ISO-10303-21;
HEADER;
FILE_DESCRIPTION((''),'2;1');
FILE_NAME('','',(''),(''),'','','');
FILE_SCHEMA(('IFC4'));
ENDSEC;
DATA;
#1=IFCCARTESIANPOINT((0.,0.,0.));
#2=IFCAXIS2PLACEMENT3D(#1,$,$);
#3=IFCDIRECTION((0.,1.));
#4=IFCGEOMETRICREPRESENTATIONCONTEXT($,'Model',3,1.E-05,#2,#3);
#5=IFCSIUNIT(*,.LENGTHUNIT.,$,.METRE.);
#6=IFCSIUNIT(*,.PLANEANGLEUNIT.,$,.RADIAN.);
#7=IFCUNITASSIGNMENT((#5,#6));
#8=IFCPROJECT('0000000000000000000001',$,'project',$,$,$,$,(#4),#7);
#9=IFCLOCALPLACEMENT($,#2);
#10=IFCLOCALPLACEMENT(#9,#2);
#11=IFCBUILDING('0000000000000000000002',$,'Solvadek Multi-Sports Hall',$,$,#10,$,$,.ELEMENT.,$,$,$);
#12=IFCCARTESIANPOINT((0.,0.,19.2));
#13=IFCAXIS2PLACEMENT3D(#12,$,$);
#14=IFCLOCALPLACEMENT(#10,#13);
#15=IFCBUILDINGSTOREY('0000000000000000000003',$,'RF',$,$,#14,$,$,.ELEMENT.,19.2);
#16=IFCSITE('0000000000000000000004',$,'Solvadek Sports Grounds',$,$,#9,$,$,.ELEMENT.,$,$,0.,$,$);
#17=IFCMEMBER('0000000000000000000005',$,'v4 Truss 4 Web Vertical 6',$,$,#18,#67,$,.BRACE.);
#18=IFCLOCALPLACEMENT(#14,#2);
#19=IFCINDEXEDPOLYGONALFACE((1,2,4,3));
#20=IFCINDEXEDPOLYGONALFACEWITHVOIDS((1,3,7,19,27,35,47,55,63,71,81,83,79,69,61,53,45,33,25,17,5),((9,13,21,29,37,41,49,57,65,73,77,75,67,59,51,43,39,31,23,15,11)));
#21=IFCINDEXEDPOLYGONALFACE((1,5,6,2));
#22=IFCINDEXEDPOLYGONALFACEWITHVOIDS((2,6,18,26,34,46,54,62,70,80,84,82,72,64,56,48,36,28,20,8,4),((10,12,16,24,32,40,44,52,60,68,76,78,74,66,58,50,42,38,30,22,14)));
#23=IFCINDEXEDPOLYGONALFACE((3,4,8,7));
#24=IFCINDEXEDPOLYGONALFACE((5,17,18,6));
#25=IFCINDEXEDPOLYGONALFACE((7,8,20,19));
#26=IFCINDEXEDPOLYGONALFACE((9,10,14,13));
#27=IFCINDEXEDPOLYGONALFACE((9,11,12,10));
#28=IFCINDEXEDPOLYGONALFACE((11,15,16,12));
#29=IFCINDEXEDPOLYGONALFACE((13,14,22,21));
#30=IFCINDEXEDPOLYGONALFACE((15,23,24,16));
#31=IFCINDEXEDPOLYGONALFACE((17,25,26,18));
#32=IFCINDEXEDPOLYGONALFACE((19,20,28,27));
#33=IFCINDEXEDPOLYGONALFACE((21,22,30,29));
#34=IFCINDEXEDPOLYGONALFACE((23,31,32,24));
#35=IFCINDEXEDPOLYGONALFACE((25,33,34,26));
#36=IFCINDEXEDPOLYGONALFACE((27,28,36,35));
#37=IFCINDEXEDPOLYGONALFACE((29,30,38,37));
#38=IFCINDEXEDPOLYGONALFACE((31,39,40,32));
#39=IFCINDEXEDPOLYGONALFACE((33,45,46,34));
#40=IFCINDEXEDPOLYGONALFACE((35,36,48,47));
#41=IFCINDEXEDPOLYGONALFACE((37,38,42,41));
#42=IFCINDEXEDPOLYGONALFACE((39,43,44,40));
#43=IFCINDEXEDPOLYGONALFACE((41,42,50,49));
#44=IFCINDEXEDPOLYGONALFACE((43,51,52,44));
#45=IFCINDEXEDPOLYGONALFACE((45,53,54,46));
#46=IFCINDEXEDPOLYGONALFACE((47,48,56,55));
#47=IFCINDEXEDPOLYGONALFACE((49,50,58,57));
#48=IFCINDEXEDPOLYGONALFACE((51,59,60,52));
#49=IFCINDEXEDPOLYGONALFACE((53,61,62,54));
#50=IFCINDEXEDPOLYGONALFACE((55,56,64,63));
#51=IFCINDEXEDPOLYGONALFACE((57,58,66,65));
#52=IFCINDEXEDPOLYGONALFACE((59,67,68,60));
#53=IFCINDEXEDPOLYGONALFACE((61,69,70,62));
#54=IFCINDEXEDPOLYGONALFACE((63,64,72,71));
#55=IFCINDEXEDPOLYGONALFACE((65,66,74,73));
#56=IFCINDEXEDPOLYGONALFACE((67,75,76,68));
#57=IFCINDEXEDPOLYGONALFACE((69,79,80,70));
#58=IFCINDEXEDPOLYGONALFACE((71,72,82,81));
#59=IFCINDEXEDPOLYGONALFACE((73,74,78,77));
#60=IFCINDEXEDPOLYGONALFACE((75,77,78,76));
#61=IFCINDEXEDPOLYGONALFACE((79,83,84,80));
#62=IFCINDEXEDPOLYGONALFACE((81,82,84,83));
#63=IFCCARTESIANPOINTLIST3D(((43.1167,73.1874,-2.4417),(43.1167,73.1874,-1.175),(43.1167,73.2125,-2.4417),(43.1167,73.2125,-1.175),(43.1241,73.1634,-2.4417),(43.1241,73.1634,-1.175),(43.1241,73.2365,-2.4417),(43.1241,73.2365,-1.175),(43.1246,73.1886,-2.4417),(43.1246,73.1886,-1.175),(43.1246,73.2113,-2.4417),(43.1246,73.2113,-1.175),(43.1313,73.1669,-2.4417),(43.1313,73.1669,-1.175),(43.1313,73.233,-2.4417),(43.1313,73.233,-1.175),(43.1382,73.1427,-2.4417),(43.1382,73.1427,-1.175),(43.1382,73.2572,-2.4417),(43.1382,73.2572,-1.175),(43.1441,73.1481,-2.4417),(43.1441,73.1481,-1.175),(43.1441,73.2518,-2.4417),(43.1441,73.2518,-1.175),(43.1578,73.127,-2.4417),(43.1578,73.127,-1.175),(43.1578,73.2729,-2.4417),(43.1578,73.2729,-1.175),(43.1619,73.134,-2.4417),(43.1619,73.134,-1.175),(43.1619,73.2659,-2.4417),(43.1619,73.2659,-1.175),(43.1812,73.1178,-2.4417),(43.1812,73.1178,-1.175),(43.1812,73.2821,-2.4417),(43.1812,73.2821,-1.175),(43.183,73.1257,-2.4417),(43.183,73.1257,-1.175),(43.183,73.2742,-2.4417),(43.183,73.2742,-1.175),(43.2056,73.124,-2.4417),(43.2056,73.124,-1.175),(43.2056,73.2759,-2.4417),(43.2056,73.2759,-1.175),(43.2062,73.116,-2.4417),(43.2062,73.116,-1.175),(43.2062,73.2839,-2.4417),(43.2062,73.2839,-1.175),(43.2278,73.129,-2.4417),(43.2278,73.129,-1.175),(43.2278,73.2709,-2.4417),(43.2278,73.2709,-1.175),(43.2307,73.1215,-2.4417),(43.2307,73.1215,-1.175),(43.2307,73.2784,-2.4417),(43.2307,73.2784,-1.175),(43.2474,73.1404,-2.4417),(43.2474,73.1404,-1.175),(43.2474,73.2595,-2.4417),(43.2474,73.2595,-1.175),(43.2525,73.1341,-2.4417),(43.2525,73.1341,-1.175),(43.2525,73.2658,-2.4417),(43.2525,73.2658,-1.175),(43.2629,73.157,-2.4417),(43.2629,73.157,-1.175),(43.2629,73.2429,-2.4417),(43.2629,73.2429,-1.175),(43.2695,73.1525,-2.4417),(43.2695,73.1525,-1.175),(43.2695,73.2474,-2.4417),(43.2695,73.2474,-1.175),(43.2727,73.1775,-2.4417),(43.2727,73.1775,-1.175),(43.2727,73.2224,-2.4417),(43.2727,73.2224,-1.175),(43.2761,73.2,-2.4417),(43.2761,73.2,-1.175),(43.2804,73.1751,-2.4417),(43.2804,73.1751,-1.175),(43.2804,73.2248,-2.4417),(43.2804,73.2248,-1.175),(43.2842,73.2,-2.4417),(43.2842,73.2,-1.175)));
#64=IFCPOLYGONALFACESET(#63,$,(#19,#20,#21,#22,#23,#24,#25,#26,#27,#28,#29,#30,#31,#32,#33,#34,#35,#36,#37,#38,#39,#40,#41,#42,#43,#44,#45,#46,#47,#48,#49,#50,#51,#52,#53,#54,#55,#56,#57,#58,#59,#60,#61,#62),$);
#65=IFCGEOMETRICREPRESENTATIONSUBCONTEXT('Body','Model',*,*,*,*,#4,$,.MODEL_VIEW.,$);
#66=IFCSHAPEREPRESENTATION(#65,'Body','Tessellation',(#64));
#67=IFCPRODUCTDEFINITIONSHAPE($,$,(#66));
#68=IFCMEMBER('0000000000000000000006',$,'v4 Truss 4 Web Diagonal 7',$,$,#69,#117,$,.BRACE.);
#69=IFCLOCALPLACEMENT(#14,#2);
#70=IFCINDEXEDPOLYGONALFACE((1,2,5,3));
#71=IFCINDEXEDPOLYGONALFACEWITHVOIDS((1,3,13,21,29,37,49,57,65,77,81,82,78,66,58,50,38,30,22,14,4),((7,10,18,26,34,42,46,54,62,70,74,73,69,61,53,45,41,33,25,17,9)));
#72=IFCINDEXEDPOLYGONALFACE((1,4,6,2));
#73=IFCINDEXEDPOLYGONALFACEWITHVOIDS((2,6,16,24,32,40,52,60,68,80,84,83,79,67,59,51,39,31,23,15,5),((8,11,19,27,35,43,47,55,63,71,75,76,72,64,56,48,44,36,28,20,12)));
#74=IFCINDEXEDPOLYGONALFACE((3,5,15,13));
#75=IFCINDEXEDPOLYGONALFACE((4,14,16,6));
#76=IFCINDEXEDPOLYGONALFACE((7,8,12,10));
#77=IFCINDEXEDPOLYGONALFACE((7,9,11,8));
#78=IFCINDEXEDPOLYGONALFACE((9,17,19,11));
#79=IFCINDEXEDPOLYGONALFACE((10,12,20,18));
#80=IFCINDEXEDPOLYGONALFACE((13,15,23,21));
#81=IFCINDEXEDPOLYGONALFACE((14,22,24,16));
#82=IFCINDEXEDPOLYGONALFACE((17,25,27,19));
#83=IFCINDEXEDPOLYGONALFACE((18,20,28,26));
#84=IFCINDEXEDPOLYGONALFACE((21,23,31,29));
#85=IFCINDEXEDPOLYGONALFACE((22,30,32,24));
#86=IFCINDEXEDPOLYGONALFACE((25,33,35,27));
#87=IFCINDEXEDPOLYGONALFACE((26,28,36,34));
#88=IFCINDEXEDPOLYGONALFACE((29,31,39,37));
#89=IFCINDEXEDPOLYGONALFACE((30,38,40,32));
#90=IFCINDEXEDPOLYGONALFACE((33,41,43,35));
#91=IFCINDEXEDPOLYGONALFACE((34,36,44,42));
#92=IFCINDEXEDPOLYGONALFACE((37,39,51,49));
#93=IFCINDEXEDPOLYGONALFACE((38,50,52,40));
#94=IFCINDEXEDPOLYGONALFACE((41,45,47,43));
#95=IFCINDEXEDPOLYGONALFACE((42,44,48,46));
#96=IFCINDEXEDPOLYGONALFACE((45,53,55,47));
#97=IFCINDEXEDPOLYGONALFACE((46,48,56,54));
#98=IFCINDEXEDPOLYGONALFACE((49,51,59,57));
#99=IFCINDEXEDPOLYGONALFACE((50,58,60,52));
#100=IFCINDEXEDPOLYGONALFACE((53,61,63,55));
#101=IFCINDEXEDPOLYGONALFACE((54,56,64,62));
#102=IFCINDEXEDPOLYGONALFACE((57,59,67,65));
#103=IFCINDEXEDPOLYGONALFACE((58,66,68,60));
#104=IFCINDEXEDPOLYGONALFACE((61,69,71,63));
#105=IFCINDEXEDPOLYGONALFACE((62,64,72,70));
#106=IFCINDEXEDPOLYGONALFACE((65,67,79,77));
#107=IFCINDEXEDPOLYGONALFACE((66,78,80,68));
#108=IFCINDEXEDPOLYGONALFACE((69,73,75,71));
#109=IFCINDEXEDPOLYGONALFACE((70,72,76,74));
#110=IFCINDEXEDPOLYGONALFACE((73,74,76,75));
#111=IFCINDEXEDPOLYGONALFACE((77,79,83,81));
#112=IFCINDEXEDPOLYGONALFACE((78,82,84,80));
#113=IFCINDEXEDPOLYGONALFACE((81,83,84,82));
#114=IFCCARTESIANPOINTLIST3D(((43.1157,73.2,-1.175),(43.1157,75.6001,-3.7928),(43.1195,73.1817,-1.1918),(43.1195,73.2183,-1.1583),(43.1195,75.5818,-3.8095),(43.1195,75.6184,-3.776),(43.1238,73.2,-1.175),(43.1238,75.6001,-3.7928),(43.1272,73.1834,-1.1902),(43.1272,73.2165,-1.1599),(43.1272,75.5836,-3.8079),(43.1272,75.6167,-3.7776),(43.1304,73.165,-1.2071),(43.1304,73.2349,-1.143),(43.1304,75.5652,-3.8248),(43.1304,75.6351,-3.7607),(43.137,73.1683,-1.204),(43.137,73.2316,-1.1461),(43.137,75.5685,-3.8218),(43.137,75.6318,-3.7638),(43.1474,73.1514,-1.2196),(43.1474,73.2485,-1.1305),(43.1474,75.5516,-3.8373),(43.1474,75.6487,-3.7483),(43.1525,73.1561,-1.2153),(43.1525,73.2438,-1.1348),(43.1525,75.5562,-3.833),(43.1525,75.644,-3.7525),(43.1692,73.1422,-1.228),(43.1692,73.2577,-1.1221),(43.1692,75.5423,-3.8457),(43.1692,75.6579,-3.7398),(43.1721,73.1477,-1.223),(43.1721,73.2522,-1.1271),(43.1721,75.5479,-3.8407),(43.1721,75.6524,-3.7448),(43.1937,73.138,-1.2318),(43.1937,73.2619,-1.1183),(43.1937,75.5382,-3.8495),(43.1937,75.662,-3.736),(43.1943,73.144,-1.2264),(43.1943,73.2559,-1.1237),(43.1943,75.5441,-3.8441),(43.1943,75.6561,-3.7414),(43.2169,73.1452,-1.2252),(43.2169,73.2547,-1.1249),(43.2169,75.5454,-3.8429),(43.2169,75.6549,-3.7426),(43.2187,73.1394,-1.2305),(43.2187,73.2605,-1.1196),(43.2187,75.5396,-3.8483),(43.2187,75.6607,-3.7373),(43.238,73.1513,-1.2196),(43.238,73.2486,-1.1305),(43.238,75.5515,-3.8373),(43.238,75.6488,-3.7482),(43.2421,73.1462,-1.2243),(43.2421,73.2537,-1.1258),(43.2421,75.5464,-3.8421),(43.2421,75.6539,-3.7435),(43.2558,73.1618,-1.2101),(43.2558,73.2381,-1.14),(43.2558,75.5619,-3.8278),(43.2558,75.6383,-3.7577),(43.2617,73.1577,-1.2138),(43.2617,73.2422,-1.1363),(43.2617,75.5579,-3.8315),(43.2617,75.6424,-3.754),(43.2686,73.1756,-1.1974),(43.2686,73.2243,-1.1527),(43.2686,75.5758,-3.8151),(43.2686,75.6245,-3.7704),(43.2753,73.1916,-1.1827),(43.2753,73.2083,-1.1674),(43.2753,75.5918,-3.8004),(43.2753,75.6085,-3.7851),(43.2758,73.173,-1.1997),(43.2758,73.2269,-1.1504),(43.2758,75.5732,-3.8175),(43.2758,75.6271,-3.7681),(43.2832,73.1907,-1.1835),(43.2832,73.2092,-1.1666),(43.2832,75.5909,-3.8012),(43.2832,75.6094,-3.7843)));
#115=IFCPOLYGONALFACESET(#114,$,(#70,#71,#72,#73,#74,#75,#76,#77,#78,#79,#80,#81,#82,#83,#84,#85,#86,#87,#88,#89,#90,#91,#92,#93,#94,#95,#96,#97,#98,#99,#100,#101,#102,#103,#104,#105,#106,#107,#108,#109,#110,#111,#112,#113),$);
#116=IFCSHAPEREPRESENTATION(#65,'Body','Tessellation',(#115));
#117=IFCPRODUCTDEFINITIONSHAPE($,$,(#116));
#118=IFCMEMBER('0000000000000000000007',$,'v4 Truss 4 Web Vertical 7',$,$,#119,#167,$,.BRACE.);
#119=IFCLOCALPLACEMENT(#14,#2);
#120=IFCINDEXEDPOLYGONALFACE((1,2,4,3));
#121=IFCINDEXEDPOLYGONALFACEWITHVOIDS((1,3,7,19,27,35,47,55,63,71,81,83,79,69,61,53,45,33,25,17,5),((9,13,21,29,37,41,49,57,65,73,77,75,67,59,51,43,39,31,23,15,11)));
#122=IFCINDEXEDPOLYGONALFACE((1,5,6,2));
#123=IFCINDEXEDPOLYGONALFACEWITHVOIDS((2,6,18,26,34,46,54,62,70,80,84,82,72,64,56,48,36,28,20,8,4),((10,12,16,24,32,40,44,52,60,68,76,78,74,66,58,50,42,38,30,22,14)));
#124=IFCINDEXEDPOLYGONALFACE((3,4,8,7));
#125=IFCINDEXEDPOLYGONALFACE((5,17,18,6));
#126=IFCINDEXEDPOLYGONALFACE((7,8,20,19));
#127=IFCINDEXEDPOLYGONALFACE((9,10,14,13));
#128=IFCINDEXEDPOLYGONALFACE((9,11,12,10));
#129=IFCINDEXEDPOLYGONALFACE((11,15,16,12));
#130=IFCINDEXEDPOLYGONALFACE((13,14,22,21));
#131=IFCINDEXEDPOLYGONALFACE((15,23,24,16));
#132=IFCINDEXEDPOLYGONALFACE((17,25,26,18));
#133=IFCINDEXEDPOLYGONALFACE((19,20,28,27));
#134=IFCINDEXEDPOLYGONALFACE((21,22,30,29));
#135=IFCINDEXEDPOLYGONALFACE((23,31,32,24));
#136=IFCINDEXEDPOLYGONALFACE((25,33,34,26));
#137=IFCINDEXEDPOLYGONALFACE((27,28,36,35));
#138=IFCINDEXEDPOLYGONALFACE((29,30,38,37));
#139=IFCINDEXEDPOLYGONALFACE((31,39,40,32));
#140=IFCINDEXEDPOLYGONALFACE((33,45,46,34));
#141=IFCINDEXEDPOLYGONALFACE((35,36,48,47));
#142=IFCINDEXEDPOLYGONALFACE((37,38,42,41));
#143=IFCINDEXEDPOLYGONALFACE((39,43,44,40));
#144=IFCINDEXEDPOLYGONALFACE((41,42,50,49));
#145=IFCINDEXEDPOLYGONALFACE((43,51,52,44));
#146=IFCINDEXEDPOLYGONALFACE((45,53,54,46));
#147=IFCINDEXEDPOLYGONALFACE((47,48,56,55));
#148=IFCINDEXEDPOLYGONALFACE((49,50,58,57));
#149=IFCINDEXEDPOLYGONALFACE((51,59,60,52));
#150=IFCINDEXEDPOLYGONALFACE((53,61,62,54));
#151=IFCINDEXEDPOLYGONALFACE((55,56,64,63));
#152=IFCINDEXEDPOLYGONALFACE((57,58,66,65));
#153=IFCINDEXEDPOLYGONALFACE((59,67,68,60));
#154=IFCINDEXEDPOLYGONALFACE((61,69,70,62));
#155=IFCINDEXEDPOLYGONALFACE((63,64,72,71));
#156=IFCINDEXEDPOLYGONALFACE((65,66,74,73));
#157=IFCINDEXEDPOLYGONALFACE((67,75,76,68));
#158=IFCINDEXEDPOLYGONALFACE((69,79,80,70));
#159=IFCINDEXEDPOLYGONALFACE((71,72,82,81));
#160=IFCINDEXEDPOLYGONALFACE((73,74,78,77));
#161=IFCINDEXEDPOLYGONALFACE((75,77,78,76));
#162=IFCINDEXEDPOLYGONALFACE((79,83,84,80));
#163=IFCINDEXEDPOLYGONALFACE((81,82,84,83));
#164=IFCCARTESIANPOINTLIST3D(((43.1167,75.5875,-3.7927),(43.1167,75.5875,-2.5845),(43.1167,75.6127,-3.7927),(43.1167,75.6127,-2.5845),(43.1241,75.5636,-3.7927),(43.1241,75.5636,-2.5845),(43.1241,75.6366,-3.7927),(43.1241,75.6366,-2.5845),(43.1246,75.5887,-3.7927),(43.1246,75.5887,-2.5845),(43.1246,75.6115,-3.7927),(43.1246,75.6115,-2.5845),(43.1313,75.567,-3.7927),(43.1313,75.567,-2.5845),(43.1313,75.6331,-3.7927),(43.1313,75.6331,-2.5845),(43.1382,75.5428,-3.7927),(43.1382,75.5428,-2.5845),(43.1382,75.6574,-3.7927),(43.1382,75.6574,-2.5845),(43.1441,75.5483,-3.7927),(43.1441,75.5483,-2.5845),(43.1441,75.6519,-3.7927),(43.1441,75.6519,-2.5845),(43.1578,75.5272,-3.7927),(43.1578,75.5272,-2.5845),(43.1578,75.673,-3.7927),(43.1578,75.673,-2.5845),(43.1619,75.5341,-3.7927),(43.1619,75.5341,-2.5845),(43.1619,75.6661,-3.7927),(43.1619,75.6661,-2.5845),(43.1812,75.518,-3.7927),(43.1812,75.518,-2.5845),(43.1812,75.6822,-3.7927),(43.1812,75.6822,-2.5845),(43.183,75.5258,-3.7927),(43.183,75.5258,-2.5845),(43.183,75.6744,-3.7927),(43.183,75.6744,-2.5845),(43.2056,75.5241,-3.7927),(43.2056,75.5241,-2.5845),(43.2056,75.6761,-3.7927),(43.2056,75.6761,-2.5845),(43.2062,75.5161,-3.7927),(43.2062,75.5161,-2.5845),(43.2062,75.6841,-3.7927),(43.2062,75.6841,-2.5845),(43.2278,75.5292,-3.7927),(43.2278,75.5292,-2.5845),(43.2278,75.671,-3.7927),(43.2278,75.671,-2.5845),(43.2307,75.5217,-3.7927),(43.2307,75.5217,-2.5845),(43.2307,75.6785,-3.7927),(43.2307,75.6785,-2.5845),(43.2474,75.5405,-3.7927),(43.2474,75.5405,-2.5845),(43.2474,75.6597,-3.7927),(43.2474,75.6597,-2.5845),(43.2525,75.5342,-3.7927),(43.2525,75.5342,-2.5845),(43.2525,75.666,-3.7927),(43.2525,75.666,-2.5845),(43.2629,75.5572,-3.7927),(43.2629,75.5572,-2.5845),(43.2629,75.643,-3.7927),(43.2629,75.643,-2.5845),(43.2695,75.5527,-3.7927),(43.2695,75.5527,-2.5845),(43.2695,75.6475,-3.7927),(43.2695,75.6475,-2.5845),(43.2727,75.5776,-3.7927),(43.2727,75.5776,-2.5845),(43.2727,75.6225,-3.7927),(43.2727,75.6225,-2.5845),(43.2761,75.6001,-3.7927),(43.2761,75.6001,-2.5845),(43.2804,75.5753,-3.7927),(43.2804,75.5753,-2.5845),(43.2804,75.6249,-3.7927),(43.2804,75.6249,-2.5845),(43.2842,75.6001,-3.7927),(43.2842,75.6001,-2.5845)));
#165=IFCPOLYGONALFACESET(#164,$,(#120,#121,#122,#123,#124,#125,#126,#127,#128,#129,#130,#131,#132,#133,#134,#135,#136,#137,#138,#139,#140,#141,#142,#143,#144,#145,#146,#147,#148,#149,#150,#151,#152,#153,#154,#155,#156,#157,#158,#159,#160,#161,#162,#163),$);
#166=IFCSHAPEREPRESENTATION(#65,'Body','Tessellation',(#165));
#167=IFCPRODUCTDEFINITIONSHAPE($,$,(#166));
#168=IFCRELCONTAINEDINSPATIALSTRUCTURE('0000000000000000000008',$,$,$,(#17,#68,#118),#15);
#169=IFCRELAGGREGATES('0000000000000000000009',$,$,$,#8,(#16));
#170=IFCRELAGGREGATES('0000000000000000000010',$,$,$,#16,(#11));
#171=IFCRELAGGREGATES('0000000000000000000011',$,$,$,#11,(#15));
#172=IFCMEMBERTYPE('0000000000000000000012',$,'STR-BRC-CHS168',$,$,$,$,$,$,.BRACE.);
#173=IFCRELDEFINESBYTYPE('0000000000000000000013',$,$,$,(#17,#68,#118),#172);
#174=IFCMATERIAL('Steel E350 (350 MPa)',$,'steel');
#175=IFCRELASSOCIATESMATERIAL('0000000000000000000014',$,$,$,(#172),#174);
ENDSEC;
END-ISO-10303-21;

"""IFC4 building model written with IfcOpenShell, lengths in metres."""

from ifc_helpers import new_model, si_unit, direction, frame, origin, origin_2d, place, context, subcontext, project, spatial, hollow_circle, extrude, material, material_profile, profile_set, type_object, element, save


model = new_model("IFC4")

# Units and contexts
model_context = context("Model", 3, precision=1e-05, world=origin(), true_north=direction((0.0, 1.0)))
body_context = subcontext(model_context, "Body", "Model", "MODEL_VIEW")
ifc_project = project(units=[si_unit("LENGTHUNIT", "METRE"), si_unit("PLANEANGLEUNIT", "RADIAN")], contexts=[model_context])

# Site, building, storey
site_placement = place(None, origin())
site = spatial("IfcSite", under=ifc_project, at=site_placement, Name="Solvadek Sports Grounds", CompositionType="ELEMENT", RefElevation=0.0)
building_placement = place(site_placement, origin())
building = spatial("IfcBuilding", under=site, at=building_placement, Name="Solvadek Multi-Sports Hall", CompositionType="ELEMENT")
storey_placement = place(building_placement, frame((0.0, 0.0, 19.2)))
storey = spatial("IfcBuildingStorey", under=building, at=storey_placement, Name="RF", CompositionType="ELEMENT", Elevation=19.2)

# Shared definitions
ifc_material_1 = material(Name="Steel E350 (350 MPa)", Category="steel")

# Members
ifc_material_profile_1 = material_profile(ifc_material_1, hollow_circle(Radius=0.0842, WallThickness=0.0081, at=origin_2d()), Name="CHS 168.3x8")
ifc_profile_set_1 = profile_set([ifc_material_profile_1], Name="Steel E350 (350 MPa)")
member_type_1 = type_object("IfcMemberType", Name="STR-BRC-CHS168", PredefinedType="BRACE", material=ifc_profile_set_1)
member_1_placement = place(storey_placement, frame((43.2, 73.2, -2.4417), z_axis=(0.0, 0.0, 1.0), x_axis=(1.0, 0.0, 0.0)))
element("IfcMember", 1, at=member_1_placement, inside=storey, type_object=member_type_1, Name="v4 Truss 4 Web Vertical 6", PredefinedType="BRACE", context=body_context, shape_type="SweptSolid", body=[
    extrude(hollow_circle(Radius=0.0842, WallThickness=0.0081, at=origin_2d()), origin(), (0.0, 0.0, 1.0), 1.2666),
])
member_2_placement = place(storey_placement, frame((43.2, 73.2, -1.175), z_axis=(0.0, 0.675818, -0.737069), x_axis=(-1.0, 0.0, 0.0)))
element("IfcMember", 2, at=member_2_placement, inside=storey, type_object=member_type_1, Name="v4 Truss 4 Web Diagonal 7", PredefinedType="BRACE", context=body_context, shape_type="SweptSolid", body=[
    extrude(hollow_circle(Radius=0.0842, WallThickness=0.0081, at=origin_2d()), origin(), (0.0, 0.0, 1.0), 3.5515),
])
member_3_placement = place(storey_placement, frame((43.2, 75.6001, -3.7927), z_axis=(0.0, 0.0, 1.0), x_axis=(1.0, 0.0, 0.0)))
element("IfcMember", 3, at=member_3_placement, inside=storey, type_object=member_type_1, Name="v4 Truss 4 Web Vertical 7", PredefinedType="BRACE", context=body_context, shape_type="SweptSolid", body=[
    extrude(hollow_circle(Radius=0.0842, WallThickness=0.0081, at=origin_2d()), origin(), (0.0, 0.0, 1.0), 1.2083),
])

save(model, "model.ifc")
